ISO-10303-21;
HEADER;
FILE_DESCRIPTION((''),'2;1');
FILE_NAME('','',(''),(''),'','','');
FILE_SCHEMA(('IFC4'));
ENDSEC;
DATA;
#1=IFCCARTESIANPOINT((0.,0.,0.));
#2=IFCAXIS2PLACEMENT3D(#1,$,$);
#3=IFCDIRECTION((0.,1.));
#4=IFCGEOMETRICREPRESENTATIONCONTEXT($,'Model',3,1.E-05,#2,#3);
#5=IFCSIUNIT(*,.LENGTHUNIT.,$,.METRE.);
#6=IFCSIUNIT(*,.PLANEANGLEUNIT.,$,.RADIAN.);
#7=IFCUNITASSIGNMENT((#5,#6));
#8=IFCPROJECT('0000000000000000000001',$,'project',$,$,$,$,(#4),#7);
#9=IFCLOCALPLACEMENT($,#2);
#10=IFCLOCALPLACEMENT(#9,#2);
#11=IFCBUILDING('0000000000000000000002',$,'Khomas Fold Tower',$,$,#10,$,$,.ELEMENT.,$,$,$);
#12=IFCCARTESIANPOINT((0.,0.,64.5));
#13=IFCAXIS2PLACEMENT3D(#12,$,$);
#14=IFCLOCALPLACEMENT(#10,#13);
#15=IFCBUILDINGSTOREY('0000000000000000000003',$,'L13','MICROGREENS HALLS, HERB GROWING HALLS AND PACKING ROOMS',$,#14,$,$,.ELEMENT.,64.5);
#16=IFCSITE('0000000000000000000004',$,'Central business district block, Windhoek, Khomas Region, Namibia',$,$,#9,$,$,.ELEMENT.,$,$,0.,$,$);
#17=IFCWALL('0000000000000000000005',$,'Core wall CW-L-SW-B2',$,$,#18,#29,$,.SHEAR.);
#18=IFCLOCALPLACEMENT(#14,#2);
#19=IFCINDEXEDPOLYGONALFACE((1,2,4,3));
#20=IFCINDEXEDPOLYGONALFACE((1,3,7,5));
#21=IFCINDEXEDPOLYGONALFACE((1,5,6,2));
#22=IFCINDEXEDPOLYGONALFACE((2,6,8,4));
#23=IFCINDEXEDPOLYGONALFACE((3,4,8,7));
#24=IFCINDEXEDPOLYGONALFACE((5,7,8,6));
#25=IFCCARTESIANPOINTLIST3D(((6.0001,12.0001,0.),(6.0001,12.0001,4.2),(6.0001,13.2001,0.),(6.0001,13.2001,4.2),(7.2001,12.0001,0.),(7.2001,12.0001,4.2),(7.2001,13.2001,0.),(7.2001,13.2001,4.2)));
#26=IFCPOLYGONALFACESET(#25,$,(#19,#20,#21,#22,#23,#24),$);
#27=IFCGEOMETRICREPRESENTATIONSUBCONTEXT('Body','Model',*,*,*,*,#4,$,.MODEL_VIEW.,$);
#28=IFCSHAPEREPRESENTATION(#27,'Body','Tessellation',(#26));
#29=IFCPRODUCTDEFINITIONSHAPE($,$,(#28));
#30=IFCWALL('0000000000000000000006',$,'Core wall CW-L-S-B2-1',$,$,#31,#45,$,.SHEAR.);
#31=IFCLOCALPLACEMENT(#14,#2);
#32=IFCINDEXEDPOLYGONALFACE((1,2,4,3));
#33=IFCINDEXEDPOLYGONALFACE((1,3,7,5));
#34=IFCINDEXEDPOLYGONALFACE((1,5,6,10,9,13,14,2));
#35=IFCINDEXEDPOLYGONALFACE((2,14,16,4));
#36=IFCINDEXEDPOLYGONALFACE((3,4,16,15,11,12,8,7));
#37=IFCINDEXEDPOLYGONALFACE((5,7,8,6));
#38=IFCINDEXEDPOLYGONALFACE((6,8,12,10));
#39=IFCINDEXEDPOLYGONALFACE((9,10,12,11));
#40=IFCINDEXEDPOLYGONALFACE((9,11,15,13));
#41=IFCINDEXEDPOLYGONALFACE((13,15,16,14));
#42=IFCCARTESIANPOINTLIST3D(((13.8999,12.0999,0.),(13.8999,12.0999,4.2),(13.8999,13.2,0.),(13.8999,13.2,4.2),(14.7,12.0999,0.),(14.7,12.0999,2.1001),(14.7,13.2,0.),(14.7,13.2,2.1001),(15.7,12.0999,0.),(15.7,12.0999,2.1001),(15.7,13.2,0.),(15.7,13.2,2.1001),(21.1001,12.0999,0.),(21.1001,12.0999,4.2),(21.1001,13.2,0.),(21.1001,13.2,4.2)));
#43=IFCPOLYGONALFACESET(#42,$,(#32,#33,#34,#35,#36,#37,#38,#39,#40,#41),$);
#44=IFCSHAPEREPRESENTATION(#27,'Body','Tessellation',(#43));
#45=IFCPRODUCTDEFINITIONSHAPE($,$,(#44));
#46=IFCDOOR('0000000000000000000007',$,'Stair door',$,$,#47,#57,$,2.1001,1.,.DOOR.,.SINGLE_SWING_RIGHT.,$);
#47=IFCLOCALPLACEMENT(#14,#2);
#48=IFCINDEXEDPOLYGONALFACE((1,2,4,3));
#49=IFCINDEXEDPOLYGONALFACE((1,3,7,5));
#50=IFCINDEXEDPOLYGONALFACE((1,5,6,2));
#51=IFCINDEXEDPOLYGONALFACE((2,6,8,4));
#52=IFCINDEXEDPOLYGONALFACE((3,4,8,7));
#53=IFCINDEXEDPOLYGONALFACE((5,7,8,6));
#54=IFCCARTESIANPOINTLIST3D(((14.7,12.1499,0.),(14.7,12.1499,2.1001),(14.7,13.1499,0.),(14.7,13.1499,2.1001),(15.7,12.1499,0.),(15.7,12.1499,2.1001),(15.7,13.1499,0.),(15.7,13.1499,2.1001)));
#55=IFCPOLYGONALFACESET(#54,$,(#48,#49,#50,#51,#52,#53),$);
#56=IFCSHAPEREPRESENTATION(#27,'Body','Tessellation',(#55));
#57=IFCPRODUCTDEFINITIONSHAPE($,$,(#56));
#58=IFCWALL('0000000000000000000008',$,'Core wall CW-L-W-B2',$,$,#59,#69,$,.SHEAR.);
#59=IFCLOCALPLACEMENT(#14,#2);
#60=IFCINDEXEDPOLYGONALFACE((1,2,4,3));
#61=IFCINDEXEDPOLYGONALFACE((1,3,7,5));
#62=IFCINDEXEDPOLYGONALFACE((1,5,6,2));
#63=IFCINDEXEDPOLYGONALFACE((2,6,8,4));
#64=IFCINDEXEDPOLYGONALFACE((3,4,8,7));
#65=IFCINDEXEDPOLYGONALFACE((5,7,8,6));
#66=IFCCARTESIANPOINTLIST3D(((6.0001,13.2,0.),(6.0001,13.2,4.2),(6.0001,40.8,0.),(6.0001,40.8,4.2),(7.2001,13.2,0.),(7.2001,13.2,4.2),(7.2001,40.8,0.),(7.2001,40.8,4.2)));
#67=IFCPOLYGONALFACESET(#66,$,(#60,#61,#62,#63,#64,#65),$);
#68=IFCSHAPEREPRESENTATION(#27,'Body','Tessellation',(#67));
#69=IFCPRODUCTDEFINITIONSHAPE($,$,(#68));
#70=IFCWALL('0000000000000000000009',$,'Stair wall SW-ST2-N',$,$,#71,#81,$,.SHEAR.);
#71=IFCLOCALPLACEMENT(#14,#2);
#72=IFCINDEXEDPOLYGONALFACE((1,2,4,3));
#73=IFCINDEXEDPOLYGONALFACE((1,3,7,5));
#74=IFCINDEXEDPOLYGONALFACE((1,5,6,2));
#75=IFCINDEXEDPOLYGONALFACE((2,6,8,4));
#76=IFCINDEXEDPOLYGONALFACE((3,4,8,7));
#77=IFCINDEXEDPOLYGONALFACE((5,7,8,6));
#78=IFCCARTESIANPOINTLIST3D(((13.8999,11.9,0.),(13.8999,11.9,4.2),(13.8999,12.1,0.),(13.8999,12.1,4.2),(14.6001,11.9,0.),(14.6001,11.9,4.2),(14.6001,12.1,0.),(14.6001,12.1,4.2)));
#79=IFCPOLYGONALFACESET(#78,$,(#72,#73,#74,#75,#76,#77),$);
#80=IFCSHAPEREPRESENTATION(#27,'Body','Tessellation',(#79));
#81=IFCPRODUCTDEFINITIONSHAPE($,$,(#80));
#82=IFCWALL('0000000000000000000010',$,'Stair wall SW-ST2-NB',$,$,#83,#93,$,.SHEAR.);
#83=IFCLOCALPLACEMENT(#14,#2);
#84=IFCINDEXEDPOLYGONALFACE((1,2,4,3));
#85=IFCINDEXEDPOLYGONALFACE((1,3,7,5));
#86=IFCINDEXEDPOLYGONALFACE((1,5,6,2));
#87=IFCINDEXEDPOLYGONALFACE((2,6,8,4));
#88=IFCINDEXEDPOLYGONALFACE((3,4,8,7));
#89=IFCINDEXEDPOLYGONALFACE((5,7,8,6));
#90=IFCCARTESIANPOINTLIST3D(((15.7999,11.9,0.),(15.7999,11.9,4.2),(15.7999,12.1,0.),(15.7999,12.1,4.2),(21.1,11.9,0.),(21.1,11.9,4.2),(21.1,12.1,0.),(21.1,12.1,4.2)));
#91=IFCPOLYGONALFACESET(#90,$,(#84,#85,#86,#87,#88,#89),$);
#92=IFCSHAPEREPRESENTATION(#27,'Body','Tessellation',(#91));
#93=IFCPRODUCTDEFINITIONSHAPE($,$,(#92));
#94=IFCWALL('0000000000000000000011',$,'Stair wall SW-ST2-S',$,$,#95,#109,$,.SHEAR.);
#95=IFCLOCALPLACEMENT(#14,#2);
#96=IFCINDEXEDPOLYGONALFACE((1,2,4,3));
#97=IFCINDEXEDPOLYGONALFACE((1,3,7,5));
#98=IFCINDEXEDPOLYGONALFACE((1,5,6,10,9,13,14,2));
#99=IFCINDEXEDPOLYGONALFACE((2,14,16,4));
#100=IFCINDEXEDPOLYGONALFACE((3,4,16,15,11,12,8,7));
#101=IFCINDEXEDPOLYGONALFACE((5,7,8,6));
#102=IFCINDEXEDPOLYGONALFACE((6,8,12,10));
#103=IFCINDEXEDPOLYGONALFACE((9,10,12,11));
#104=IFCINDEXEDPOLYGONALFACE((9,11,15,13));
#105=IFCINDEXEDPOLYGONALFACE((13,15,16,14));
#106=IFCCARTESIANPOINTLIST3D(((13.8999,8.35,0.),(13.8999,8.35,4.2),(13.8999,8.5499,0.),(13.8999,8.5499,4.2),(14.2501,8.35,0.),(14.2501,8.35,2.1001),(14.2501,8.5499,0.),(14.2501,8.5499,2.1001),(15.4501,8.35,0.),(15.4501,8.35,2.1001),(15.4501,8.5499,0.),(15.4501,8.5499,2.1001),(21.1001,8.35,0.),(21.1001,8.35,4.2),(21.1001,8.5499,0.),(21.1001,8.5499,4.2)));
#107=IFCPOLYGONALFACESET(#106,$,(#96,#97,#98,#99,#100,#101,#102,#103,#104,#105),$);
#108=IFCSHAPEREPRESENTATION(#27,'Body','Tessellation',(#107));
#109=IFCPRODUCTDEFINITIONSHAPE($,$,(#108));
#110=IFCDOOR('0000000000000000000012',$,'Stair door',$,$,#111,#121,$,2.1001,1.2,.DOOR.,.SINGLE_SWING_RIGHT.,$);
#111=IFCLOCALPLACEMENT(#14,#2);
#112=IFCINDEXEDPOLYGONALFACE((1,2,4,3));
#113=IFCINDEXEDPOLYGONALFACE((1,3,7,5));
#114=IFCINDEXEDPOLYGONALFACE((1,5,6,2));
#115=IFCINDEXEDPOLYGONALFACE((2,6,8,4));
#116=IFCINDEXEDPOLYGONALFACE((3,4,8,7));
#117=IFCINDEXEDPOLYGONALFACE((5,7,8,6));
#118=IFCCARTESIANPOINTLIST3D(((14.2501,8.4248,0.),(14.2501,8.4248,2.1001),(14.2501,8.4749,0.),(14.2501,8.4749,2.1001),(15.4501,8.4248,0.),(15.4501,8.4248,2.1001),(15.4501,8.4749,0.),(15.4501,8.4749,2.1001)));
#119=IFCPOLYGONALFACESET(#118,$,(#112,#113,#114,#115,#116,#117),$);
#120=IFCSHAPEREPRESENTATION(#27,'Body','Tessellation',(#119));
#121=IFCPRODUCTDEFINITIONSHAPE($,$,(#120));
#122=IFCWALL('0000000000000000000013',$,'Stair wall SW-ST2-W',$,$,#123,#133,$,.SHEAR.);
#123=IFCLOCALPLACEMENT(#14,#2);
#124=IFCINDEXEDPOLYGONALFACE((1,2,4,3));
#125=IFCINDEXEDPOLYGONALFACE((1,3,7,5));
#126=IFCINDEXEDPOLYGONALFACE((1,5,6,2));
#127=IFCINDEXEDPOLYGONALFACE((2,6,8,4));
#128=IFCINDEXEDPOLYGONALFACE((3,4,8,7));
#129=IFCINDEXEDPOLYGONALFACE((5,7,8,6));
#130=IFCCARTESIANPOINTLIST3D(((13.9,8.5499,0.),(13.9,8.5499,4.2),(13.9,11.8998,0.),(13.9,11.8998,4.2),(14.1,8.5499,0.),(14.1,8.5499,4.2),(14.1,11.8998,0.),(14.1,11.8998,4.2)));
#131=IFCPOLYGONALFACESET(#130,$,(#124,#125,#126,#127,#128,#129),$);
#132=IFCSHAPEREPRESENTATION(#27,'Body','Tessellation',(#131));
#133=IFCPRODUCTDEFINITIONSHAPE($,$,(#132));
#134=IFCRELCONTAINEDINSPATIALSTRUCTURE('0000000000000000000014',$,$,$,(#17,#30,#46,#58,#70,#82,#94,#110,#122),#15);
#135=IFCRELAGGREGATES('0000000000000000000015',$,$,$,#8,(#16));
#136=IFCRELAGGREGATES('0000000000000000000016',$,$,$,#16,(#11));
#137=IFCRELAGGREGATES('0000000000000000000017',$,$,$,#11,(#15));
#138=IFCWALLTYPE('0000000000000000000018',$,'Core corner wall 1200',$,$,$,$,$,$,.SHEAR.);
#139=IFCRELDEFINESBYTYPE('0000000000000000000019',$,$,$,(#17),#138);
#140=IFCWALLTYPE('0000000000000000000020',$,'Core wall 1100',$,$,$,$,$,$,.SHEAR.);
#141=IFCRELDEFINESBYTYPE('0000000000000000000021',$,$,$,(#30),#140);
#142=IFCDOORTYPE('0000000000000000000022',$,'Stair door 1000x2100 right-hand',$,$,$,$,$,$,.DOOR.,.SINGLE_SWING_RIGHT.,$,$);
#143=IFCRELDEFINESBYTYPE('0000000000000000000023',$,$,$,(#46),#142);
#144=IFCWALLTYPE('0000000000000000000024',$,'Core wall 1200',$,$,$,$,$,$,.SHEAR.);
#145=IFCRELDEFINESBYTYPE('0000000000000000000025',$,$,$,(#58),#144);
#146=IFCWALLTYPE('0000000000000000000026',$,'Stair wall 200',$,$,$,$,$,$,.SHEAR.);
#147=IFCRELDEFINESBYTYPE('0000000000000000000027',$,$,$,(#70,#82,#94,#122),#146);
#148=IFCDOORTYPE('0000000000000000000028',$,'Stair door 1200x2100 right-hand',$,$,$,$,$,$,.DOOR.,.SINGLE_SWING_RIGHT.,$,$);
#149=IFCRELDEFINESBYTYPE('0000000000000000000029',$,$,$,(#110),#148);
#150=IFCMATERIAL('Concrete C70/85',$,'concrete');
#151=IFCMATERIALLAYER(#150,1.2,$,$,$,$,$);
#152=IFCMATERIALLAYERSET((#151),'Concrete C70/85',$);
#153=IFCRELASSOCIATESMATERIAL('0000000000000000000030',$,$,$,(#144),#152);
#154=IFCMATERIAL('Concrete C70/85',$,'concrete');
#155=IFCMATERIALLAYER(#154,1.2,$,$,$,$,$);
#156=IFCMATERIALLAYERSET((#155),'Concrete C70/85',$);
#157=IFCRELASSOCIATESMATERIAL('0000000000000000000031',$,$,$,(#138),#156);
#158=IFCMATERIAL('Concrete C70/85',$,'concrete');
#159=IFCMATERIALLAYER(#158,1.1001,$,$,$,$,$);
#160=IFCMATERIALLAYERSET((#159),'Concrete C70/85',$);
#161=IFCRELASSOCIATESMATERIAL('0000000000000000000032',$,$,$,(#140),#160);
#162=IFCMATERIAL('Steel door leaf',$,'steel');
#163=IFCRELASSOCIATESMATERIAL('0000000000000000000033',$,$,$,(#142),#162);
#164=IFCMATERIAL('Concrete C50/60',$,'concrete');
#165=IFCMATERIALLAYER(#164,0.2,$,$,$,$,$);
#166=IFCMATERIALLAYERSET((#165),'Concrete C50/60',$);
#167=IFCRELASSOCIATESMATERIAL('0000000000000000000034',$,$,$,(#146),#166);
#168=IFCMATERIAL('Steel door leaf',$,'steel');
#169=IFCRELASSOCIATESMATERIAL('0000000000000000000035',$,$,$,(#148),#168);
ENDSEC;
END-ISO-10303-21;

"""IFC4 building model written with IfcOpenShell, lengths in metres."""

from ifc_helpers import new_model, si_unit, direction, frame, frame_2d, origin, place, context, subcontext, project, spatial, rectangle, extrude, source, transform, mapped, material, layer, layer_set, type_object, element, fill, save


model = new_model("IFC4")

# Units and contexts
model_context = context("Model", 3, precision=1e-05, world=origin(), true_north=direction((0.0, 1.0)))
body_context = subcontext(model_context, "Body", "Model", "MODEL_VIEW")
ifc_project = project(units=[si_unit("LENGTHUNIT", "METRE"), si_unit("PLANEANGLEUNIT", "RADIAN")], contexts=[model_context])

# Site, building, storey
site_placement = place(None, origin())
site = spatial("IfcSite", under=ifc_project, at=site_placement, Name="Central business district block, Windhoek, Khomas Region, Namibia", CompositionType="ELEMENT", RefElevation=0.0)
building_placement = place(site_placement, origin())
building = spatial("IfcBuilding", under=site, at=building_placement, Name="Khomas Fold Tower", CompositionType="ELEMENT")
storey_placement = place(building_placement, frame((0.0, 0.0, 64.5)))
storey = spatial("IfcBuildingStorey", under=building, at=storey_placement, Name="L13", Description="MICROGREENS HALLS, HERB GROWING HALLS AND PACKING ROOMS", CompositionType="ELEMENT", Elevation=64.5)

# Shared definitions
ifc_material_1 = material(Name="Concrete C70/85", Category="concrete")
ifc_layer_1 = layer(ifc_material_1, 1.2)
ifc_layer_set_1 = layer_set([ifc_layer_1], Name="Concrete C70/85")
wall_type_1 = type_object("IfcWallType", Name="Core wall 1200", PredefinedType="SHEAR", material=ifc_layer_set_1)

# Wall
ifc_material_2 = material(Name="Concrete C70/85", Category="concrete")
ifc_layer_2 = layer(ifc_material_2, 1.2)
ifc_layer_set_2 = layer_set([ifc_layer_2], Name="Concrete C70/85")
wall_type_2 = type_object("IfcWallType", Name="Core corner wall 1200", PredefinedType="SHEAR", material=ifc_layer_set_2)
shared_shape_1 = source(origin(), body_context, "Body", "SweptSolid", [
    extrude(rectangle(XDim=1.2, YDim=1.2, at=frame_2d((0.6001, 0.0))), origin(), (0.0, 0.0, 1.0), 4.2),
])
wall_1_placement = place(storey_placement, frame((6.0, 12.6001, 0.0), z_axis=(0.0, 0.0, 1.0), x_axis=(1.0, 0.0, 0.0)))
element("IfcWall", 1, at=wall_1_placement, inside=storey, type_object=wall_type_2, Name="Core wall CW-L-SW-B2", PredefinedType="SHEAR", context=body_context, shape_type="MappedRepresentation", body=[
    mapped(shared_shape_1, transform((0.0, 0.0, 0.0))),
])

# Wall, opening, door
ifc_material_3 = material(Name="Concrete C70/85", Category="concrete")
ifc_layer_3 = layer(ifc_material_3, 1.1001)
ifc_layer_set_3 = layer_set([ifc_layer_3], Name="Concrete C70/85")
wall_type_3 = type_object("IfcWallType", Name="Core wall 1100", PredefinedType="SHEAR", material=ifc_layer_set_3)
shared_shape_2 = source(origin(), body_context, "Body", "SweptSolid", [
    extrude(rectangle(XDim=7.2002, YDim=1.1001, at=frame_2d((3.6001, 0.0))), origin(), (0.0, 0.0, 1.0), 4.2),
])
wall_2_placement = place(storey_placement, frame((13.8999, 12.6499, 0.0), z_axis=(0.0, 0.0, 1.0), x_axis=(1.0, 0.0, 0.0)))
wall_2 = element("IfcWall", 2, at=wall_2_placement, inside=storey, type_object=wall_type_3, Name="Core wall CW-L-S-B2-1", PredefinedType="SHEAR", context=body_context, shape_type="MappedRepresentation", body=[
    mapped(shared_shape_2, transform((0.0, 0.0, 0.0))),
])
shared_shape_3 = source(origin(), body_context, "Body", "SweptSolid", [
    extrude(rectangle(XDim=1.0, YDim=2.1001, at=frame_2d((0.5, 1.05))), frame((0.0, 0.5601, 0.0), z_axis=(0.0, -1.0, 0.0), x_axis=(1.0, 0.0, 0.0)), (0.0, 0.0, 1.0), 1.1201),
])
opening_1_placement = place(wall_2_placement, frame((0.8, 0.0, 0.0)))
opening_1 = element("IfcOpeningElement", 3, at=opening_1_placement, cuts=wall_2, PredefinedType="OPENING", context=body_context, shape_type="MappedRepresentation", body=[
    mapped(shared_shape_3, transform((0.0, 0.0, 0.0))),
])
ifc_material_4 = material(Name="Steel door leaf", Category="steel")
door_type_1 = type_object("IfcDoorType", Name="Stair door 1000x2100 right-hand", OperationType="SINGLE_SWING_RIGHT", PredefinedType="DOOR", material=ifc_material_4)
shared_shape_4 = source(origin(), body_context, "Body", "SweptSolid", [
    extrude(rectangle(XDim=1.0, YDim=2.1001, at=frame_2d((0.5, 1.05))), frame((0.0, 0.5, 0.0), z_axis=(0.0, -1.0, 0.0), x_axis=(1.0, 0.0, 0.0)), (0.0, 0.0, 1.0), 1.0),
])
door_1_placement = place(opening_1_placement, origin())
door_1 = element("IfcDoor", 4, at=door_1_placement, inside=storey, type_object=door_type_1, Name="Stair door", OperationType="SINGLE_SWING_RIGHT", OverallHeight=2.1001, OverallWidth=1.0, PredefinedType="DOOR", context=body_context, shape_type="MappedRepresentation", body=[
    mapped(shared_shape_4, transform((0.0, 0.0, 0.0))),
])
fill(opening_1, door_1)

# Walls
shared_shape_5 = source(origin(), body_context, "Body", "SweptSolid", [
    extrude(rectangle(XDim=27.6001, YDim=1.2, at=frame_2d((13.8, 0.0))), origin(), (0.0, 0.0, 1.0), 4.2),
])
wall_3_placement = place(storey_placement, frame((6.6001, 13.2, 0.0), z_axis=(0.0, 0.0, 1.0), x_axis=(0.0, 1.0, 0.0)))
element("IfcWall", 5, at=wall_3_placement, inside=storey, type_object=wall_type_1, Name="Core wall CW-L-W-B2", PredefinedType="SHEAR", context=body_context, shape_type="MappedRepresentation", body=[
    mapped(shared_shape_5, transform((0.0, 0.0, 0.0))),
])
ifc_material_5 = material(Name="Concrete C50/60", Category="concrete")
ifc_layer_4 = layer(ifc_material_5, 0.2)
ifc_layer_set_4 = layer_set([ifc_layer_4], Name="Concrete C50/60")
wall_type_4 = type_object("IfcWallType", Name="Stair wall 200", PredefinedType="SHEAR", material=ifc_layer_set_4)
shared_shape_6 = source(origin(), body_context, "Body", "SweptSolid", [
    extrude(rectangle(XDim=0.7002, YDim=0.2, at=frame_2d((0.3501, 0.0))), origin(), (0.0, 0.0, 1.0), 4.2),
])
wall_4_placement = place(storey_placement, frame((13.8999, 12.0, 0.0), z_axis=(0.0, 0.0, 1.0), x_axis=(1.0, 0.0, 0.0)))
element("IfcWall", 6, at=wall_4_placement, inside=storey, type_object=wall_type_4, Name="Stair wall SW-ST2-N", PredefinedType="SHEAR", context=body_context, shape_type="MappedRepresentation", body=[
    mapped(shared_shape_6, transform((0.0, 0.0, 0.0))),
])
shared_shape_7 = source(origin(), body_context, "Body", "SweptSolid", [
    extrude(rectangle(XDim=5.3, YDim=0.2, at=frame_2d((2.6499, 0.0))), origin(), (0.0, 0.0, 1.0), 4.2),
])
wall_5_placement = place(storey_placement, frame((15.8, 12.0, 0.0), z_axis=(0.0, 0.0, 1.0), x_axis=(1.0, 0.0, 0.0)))
element("IfcWall", 7, at=wall_5_placement, inside=storey, type_object=wall_type_4, Name="Stair wall SW-ST2-NB", PredefinedType="SHEAR", context=body_context, shape_type="MappedRepresentation", body=[
    mapped(shared_shape_7, transform((0.0, 0.0, 0.0))),
])

# Wall, opening, door
shared_shape_8 = source(origin(), body_context, "Body", "SweptSolid", [
    extrude(rectangle(XDim=7.2002, YDim=0.2, at=frame_2d((3.6001, 0.0))), origin(), (0.0, 0.0, 1.0), 4.2),
])
wall_6_placement = place(storey_placement, frame((13.8999, 8.45, 0.0), z_axis=(0.0, 0.0, 1.0), x_axis=(1.0, 0.0, 0.0)))
wall_6 = element("IfcWall", 8, at=wall_6_placement, inside=storey, type_object=wall_type_4, Name="Stair wall SW-ST2-S", PredefinedType="SHEAR", context=body_context, shape_type="MappedRepresentation", body=[
    mapped(shared_shape_8, transform((0.0, 0.0, 0.0))),
])
shared_shape_9 = source(origin(), body_context, "Body", "SweptSolid", [
    extrude(rectangle(XDim=1.2, YDim=2.1001, at=frame_2d((0.6001, 1.05))), frame((0.0, 0.1099, 0.0), z_axis=(0.0, -1.0, 0.0), x_axis=(1.0, 0.0, 0.0)), (0.0, 0.0, 1.0), 0.22),
])
opening_2_placement = place(wall_6_placement, frame((0.3501, 0.0, 0.0)))
opening_2 = element("IfcOpeningElement", 9, at=opening_2_placement, cuts=wall_6, PredefinedType="OPENING", context=body_context, shape_type="MappedRepresentation", body=[
    mapped(shared_shape_9, transform((0.0, 0.0, 0.0))),
])
ifc_material_6 = material(Name="Steel door leaf", Category="steel")
door_type_2 = type_object("IfcDoorType", Name="Stair door 1200x2100 right-hand", OperationType="SINGLE_SWING_RIGHT", PredefinedType="DOOR", material=ifc_material_6)
shared_shape_10 = source(origin(), body_context, "Body", "SweptSolid", [
    extrude(rectangle(XDim=1.2, YDim=2.1001, at=frame_2d((0.6001, 1.05))), frame((0.0, 0.0249, 0.0), z_axis=(0.0, -1.0, 0.0), x_axis=(1.0, 0.0, 0.0)), (0.0, 0.0, 1.0), 0.05),
])
door_2_placement = place(opening_2_placement, origin())
door_2 = element("IfcDoor", 10, at=door_2_placement, inside=storey, type_object=door_type_2, Name="Stair door", OperationType="SINGLE_SWING_RIGHT", OverallHeight=2.1001, OverallWidth=1.2, PredefinedType="DOOR", context=body_context, shape_type="MappedRepresentation", body=[
    mapped(shared_shape_10, transform((0.0, 0.0, 0.0))),
])
fill(opening_2, door_2)

# Wall
shared_shape_11 = source(origin(), body_context, "Body", "SweptSolid", [
    extrude(rectangle(XDim=3.3499, YDim=0.2, at=frame_2d((1.6748, 0.0))), origin(), (0.0, 0.0, 1.0), 4.2),
])
wall_7_placement = place(storey_placement, frame((14.0, 8.55, 0.0), z_axis=(0.0, 0.0, 1.0), x_axis=(0.0, 1.0, 0.0)))
element("IfcWall", 11, at=wall_7_placement, inside=storey, type_object=wall_type_4, Name="Stair wall SW-ST2-W", PredefinedType="SHEAR", context=body_context, shape_type="MappedRepresentation", body=[
    mapped(shared_shape_11, transform((0.0, 0.0, 0.0))),
])

save(model, "model.ifc")
